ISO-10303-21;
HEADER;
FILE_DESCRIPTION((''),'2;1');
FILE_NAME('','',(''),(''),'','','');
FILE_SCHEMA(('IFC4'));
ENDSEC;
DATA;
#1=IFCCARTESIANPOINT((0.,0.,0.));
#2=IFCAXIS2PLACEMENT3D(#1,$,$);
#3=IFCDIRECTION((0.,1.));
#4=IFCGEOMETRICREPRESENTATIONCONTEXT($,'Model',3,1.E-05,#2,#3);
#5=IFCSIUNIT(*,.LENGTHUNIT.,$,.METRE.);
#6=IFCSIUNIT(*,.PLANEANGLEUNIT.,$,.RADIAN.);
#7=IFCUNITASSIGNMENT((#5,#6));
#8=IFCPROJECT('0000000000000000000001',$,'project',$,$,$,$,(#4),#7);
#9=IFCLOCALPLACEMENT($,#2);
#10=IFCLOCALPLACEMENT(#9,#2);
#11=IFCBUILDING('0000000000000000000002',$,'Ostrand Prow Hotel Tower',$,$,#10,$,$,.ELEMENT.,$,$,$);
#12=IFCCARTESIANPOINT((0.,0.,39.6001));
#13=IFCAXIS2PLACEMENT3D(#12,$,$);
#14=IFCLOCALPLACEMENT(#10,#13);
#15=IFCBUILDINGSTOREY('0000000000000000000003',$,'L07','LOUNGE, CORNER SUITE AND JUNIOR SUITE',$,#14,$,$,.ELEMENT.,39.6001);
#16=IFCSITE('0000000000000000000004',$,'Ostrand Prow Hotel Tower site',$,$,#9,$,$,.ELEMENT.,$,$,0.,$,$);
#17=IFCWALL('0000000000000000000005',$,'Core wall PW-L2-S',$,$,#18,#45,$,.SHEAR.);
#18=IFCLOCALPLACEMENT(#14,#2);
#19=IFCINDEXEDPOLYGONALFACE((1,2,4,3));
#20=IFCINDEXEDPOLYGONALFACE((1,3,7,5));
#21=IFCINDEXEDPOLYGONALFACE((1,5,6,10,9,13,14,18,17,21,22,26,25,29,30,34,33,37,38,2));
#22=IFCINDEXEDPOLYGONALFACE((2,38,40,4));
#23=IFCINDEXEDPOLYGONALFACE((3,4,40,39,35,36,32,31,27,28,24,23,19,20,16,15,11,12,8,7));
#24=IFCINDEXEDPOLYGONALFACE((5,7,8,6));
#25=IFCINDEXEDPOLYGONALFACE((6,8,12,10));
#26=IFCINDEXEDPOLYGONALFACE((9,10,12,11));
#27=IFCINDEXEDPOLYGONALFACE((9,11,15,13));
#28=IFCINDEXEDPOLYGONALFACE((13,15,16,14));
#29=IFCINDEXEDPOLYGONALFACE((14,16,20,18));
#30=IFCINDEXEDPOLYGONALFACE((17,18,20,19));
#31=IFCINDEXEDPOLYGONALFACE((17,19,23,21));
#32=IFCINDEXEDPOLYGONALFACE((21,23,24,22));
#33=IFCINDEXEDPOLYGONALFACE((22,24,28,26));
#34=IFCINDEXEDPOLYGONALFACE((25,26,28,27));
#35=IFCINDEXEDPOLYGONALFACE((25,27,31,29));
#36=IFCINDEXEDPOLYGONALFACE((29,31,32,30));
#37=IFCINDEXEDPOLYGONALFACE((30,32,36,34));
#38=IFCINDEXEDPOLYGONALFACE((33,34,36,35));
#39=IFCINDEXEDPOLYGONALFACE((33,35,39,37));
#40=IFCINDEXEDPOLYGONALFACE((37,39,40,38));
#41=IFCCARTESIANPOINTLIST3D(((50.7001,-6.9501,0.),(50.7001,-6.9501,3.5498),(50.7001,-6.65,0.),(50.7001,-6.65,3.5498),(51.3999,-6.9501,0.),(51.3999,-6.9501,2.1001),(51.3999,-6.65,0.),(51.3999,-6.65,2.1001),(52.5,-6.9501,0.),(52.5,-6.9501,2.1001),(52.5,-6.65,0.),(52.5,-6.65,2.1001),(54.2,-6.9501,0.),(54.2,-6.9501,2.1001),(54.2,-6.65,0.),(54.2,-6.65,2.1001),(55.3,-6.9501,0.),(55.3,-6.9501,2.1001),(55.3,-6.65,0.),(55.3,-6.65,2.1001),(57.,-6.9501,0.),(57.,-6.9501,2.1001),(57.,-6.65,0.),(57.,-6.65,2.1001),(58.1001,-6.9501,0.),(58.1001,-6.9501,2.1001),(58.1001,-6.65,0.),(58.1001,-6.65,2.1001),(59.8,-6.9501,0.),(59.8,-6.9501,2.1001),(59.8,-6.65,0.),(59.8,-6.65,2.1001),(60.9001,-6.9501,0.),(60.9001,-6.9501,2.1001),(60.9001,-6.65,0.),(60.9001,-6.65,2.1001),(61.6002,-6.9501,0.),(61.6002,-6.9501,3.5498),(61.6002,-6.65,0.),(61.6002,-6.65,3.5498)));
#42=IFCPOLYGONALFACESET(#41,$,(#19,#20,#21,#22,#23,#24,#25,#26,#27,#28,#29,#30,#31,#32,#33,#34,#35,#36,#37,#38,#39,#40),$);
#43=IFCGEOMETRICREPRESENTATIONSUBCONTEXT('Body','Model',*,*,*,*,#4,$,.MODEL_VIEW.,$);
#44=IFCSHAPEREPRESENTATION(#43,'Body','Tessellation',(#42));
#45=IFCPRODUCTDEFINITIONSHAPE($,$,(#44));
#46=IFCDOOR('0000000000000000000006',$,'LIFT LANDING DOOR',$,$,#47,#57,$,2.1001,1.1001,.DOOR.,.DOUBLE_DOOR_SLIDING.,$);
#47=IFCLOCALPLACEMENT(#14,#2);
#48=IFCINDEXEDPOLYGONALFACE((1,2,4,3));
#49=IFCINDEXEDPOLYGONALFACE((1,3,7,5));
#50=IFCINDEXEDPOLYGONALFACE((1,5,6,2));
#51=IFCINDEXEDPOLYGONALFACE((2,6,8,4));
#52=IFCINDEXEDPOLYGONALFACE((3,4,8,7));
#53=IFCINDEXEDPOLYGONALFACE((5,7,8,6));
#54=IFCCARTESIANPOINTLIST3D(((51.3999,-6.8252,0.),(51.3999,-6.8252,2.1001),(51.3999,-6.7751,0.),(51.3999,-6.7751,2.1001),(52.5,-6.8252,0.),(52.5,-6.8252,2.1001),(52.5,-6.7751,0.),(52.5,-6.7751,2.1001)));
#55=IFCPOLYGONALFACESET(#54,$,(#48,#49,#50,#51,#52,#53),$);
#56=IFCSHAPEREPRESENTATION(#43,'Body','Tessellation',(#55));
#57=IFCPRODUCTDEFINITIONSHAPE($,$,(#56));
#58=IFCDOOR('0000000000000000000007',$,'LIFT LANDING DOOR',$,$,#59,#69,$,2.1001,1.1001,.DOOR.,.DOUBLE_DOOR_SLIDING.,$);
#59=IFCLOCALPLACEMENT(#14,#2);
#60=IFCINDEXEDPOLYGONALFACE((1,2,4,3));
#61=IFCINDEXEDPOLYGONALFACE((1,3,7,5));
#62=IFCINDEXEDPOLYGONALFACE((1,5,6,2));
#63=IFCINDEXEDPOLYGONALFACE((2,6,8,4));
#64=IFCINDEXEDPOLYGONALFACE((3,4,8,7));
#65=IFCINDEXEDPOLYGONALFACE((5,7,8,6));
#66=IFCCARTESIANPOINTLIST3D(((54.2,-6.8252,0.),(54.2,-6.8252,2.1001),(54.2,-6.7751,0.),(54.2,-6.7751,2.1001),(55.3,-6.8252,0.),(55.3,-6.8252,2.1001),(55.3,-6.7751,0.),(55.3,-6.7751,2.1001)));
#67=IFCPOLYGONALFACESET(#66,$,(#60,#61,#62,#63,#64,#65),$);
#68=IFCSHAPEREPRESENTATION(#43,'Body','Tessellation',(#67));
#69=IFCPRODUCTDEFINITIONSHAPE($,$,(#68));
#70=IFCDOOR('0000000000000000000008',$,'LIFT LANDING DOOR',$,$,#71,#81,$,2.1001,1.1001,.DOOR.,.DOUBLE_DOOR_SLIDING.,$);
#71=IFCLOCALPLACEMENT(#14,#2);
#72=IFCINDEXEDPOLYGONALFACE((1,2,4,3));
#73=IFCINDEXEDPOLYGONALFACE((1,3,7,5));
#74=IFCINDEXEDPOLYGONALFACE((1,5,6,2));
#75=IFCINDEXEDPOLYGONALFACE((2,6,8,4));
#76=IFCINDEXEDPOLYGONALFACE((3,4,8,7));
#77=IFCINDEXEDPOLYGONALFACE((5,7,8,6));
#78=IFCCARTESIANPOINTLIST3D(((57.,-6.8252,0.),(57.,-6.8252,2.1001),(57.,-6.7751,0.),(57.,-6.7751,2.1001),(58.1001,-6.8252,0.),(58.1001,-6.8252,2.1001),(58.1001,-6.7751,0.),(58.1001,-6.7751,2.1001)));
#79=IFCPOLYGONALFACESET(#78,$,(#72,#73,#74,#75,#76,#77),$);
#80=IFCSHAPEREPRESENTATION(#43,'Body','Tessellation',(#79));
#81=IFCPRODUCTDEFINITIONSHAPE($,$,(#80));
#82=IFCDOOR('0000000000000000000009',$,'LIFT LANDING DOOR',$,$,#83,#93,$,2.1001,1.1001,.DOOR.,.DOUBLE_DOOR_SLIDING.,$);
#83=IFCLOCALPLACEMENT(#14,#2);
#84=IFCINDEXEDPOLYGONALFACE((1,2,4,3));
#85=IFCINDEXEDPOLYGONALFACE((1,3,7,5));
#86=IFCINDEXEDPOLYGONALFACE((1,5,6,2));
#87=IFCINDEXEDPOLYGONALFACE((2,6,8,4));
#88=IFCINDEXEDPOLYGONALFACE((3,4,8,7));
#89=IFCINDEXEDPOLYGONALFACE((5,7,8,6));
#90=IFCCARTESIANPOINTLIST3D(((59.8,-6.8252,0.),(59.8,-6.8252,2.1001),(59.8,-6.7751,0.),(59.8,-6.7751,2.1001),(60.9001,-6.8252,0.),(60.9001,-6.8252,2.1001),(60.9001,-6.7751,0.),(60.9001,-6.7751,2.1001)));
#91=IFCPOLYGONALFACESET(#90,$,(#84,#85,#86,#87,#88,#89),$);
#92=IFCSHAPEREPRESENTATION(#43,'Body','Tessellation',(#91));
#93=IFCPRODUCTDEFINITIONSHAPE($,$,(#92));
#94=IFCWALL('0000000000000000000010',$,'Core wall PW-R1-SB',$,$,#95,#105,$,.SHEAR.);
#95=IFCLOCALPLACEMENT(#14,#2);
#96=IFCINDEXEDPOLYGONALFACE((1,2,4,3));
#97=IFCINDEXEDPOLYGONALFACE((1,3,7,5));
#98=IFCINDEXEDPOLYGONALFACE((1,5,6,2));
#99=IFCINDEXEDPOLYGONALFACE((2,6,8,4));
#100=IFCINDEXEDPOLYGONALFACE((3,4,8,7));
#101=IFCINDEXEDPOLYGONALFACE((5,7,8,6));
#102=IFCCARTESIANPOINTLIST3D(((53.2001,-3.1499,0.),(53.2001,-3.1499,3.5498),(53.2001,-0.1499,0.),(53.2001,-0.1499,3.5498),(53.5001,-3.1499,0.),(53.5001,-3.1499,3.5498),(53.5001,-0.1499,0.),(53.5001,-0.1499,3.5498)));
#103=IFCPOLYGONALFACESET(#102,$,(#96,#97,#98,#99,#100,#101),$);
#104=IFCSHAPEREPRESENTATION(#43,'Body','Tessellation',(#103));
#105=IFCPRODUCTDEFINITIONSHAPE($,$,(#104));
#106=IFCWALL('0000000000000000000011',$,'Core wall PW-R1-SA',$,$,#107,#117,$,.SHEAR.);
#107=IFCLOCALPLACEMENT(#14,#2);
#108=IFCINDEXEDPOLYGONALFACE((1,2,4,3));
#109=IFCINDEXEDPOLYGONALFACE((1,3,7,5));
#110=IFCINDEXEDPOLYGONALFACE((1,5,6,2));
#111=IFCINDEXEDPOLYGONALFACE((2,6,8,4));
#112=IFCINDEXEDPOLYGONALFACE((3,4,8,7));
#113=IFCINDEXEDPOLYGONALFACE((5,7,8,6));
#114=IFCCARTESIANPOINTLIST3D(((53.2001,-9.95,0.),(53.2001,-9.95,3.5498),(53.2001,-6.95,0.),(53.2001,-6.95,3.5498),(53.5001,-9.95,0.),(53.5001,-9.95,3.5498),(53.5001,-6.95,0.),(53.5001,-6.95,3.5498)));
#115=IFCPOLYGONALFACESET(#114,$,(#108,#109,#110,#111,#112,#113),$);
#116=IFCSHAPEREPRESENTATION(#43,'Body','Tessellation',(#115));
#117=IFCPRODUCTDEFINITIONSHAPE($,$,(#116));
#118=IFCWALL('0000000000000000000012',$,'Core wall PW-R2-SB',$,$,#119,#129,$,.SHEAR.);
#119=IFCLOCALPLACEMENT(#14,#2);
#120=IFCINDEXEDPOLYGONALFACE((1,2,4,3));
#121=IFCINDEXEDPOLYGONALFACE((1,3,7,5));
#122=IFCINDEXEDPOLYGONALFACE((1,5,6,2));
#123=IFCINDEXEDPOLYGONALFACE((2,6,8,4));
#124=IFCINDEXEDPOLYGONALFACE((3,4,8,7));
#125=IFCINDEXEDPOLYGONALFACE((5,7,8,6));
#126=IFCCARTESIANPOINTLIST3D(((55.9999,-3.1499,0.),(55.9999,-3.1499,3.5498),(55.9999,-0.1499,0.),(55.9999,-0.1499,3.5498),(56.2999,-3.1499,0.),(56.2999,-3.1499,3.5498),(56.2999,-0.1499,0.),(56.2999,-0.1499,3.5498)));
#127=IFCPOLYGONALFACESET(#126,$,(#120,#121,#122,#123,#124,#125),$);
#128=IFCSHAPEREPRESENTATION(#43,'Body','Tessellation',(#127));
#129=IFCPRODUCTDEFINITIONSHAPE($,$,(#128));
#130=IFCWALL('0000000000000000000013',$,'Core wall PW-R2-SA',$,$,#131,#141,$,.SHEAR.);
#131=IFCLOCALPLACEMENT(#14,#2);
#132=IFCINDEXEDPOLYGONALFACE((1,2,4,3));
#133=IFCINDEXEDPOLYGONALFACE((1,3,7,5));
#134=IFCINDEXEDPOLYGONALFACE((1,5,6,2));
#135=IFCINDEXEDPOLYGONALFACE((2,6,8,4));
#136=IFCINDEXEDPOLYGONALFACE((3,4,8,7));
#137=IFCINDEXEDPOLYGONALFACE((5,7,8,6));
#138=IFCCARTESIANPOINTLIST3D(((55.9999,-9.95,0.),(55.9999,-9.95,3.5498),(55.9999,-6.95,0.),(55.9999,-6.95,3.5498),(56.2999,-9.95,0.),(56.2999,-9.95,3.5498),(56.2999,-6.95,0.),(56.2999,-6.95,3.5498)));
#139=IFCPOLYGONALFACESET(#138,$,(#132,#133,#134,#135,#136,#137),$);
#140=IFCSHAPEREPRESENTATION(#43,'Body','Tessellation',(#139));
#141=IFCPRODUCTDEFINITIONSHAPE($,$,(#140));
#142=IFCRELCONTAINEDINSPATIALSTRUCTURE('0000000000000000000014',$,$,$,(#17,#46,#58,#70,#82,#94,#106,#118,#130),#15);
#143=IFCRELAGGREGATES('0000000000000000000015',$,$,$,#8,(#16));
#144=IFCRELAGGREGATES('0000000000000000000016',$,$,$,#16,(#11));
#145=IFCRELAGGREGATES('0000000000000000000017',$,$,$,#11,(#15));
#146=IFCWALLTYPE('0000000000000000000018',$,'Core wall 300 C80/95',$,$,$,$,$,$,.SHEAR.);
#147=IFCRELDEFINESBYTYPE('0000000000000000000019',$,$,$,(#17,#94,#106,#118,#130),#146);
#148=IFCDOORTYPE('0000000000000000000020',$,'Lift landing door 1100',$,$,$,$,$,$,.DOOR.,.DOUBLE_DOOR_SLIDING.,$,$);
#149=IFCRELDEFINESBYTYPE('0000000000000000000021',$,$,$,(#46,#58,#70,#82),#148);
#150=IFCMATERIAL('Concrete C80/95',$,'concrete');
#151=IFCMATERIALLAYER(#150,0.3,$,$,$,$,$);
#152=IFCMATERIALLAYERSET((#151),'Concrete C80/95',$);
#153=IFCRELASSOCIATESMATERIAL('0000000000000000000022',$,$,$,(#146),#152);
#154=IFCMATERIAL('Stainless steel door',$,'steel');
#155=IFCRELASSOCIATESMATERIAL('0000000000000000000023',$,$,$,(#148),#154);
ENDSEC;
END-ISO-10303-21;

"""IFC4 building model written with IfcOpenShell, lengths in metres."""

from ifc_helpers import new_model, si_unit, direction, frame, frame_2d, origin, place, context, subcontext, project, spatial, rectangle, extrude, material, layer, layer_set, type_object, element, fill, save


model = new_model("IFC4")

# Units and contexts
model_context = context("Model", 3, precision=1e-05, world=origin(), true_north=direction((0.0, 1.0)))
body_context = subcontext(model_context, "Body", "Model", "MODEL_VIEW")
ifc_project = project(units=[si_unit("LENGTHUNIT", "METRE"), si_unit("PLANEANGLEUNIT", "RADIAN")], contexts=[model_context])

# Site, building, storey
site_placement = place(None, origin())
site = spatial("IfcSite", under=ifc_project, at=site_placement, Name="Ostrand Prow Hotel Tower site", CompositionType="ELEMENT", RefElevation=0.0)
building_placement = place(site_placement, origin())
building = spatial("IfcBuilding", under=site, at=building_placement, Name="Ostrand Prow Hotel Tower", CompositionType="ELEMENT")
storey_placement = place(building_placement, frame((0.0, 0.0, 39.6001)))
storey = spatial("IfcBuildingStorey", under=building, at=storey_placement, Name="L07", Description="LOUNGE, CORNER SUITE AND JUNIOR SUITE", CompositionType="ELEMENT", Elevation=39.6001)

# Shared definitions
ifc_material_1 = material(Name="Concrete C80/95", Category="concrete")
ifc_layer_1 = layer(ifc_material_1, 0.3)
ifc_layer_set_1 = layer_set([ifc_layer_1], Name="Concrete C80/95")
wall_type_1 = type_object("IfcWallType", Name="Core wall 300 C80/95", PredefinedType="SHEAR", material=ifc_layer_set_1)

# Wall, openings, doors
wall_1_placement = place(storey_placement, frame((50.7, -6.8, 0.0), z_axis=(0.0, 0.0, 1.0), x_axis=(1.0, 0.0, 0.0)))
wall_1 = element("IfcWall", 1, at=wall_1_placement, inside=storey, type_object=wall_type_1, Name="Core wall PW-L2-S", PredefinedType="SHEAR", context=body_context, shape_type="SweptSolid", body=[
    extrude(rectangle(XDim=10.9001, YDim=0.3, at=frame_2d((5.4502, 0.0))), origin(), (0.0, 0.0, 1.0), 3.5498),
])
opening_1_placement = place(wall_1_placement, frame((0.7, 0.0, 0.0)))
opening_1 = element("IfcOpeningElement", 2, at=opening_1_placement, cuts=wall_1, PredefinedType="OPENING", context=body_context, shape_type="SweptSolid", body=[
    extrude(rectangle(XDim=1.1001, YDim=2.1001, at=frame_2d((0.55, 1.05))), frame((0.0, 0.1599, 0.0), z_axis=(0.0, -1.0, 0.0), x_axis=(1.0, 0.0, 0.0)), (0.0, 0.0, 1.0), 0.3201),
])
opening_2_placement = place(wall_1_placement, frame((3.5, 0.0, 0.0)))
opening_2 = element("IfcOpeningElement", 3, at=opening_2_placement, cuts=wall_1, PredefinedType="OPENING", context=body_context, shape_type="SweptSolid", body=[
    extrude(rectangle(XDim=1.1001, YDim=2.1001, at=frame_2d((0.55, 1.05))), frame((0.0, 0.1599, 0.0), z_axis=(0.0, -1.0, 0.0), x_axis=(1.0, 0.0, 0.0)), (0.0, 0.0, 1.0), 0.3201),
])
opening_3_placement = place(wall_1_placement, frame((6.3, 0.0, 0.0)))
opening_3 = element("IfcOpeningElement", 4, at=opening_3_placement, cuts=wall_1, PredefinedType="OPENING", context=body_context, shape_type="SweptSolid", body=[
    extrude(rectangle(XDim=1.1001, YDim=2.1001, at=frame_2d((0.55, 1.05))), frame((0.0, 0.1599, 0.0), z_axis=(0.0, -1.0, 0.0), x_axis=(1.0, 0.0, 0.0)), (0.0, 0.0, 1.0), 0.3201),
])
opening_4_placement = place(wall_1_placement, frame((9.1001, 0.0, 0.0)))
opening_4 = element("IfcOpeningElement", 5, at=opening_4_placement, cuts=wall_1, PredefinedType="OPENING", context=body_context, shape_type="SweptSolid", body=[
    extrude(rectangle(XDim=1.1001, YDim=2.1001, at=frame_2d((0.55, 1.05))), frame((0.0, 0.1599, 0.0), z_axis=(0.0, -1.0, 0.0), x_axis=(1.0, 0.0, 0.0)), (0.0, 0.0, 1.0), 0.3201),
])
ifc_material_2 = material(Name="Stainless steel door", Category="steel")
door_type_1 = type_object("IfcDoorType", Name="Lift landing door 1100", OperationType="DOUBLE_DOOR_SLIDING", PredefinedType="DOOR", material=ifc_material_2)
door_1_placement = place(opening_1_placement, origin())
door_1 = element("IfcDoor", 6, at=door_1_placement, inside=storey, type_object=door_type_1, Name="LIFT LANDING DOOR", OperationType="DOUBLE_DOOR_SLIDING", OverallHeight=2.1001, OverallWidth=1.1001, PredefinedType="DOOR", context=body_context, shape_type="SweptSolid", body=[
    extrude(rectangle(XDim=1.1001, YDim=2.1001, at=frame_2d((0.55, 1.05))), frame((0.0, 0.0249, 0.0), z_axis=(0.0, -1.0, 0.0), x_axis=(1.0, 0.0, 0.0)), (0.0, 0.0, 1.0), 0.05),
])
fill(opening_1, door_1)
door_2_placement = place(opening_2_placement, origin())
door_2 = element("IfcDoor", 7, at=door_2_placement, inside=storey, type_object=door_type_1, Name="LIFT LANDING DOOR", OperationType="DOUBLE_DOOR_SLIDING", OverallHeight=2.1001, OverallWidth=1.1001, PredefinedType="DOOR", context=body_context, shape_type="SweptSolid", body=[
    extrude(rectangle(XDim=1.1001, YDim=2.1001, at=frame_2d((0.55, 1.05))), frame((0.0, 0.0249, 0.0), z_axis=(0.0, -1.0, 0.0), x_axis=(1.0, 0.0, 0.0)), (0.0, 0.0, 1.0), 0.05),
])
fill(opening_2, door_2)
door_3_placement = place(opening_3_placement, origin())
door_3 = element("IfcDoor", 8, at=door_3_placement, inside=storey, type_object=door_type_1, Name="LIFT LANDING DOOR", OperationType="DOUBLE_DOOR_SLIDING", OverallHeight=2.1001, OverallWidth=1.1001, PredefinedType="DOOR", context=body_context, shape_type="SweptSolid", body=[
    extrude(rectangle(XDim=1.1001, YDim=2.1001, at=frame_2d((0.55, 1.05))), frame((0.0, 0.0249, 0.0), z_axis=(0.0, -1.0, 0.0), x_axis=(1.0, 0.0, 0.0)), (0.0, 0.0, 1.0), 0.05),
])
fill(opening_3, door_3)
door_4_placement = place(opening_4_placement, origin())
door_4 = element("IfcDoor", 9, at=door_4_placement, inside=storey, type_object=door_type_1, Name="LIFT LANDING DOOR", OperationType="DOUBLE_DOOR_SLIDING", OverallHeight=2.1001, OverallWidth=1.1001, PredefinedType="DOOR", context=body_context, shape_type="SweptSolid", body=[
    extrude(rectangle(XDim=1.1001, YDim=2.1001, at=frame_2d((0.55, 1.05))), frame((0.0, 0.0249, 0.0), z_axis=(0.0, -1.0, 0.0), x_axis=(1.0, 0.0, 0.0)), (0.0, 0.0, 1.0), 0.05),
])
fill(opening_4, door_4)

# Walls
for number, where, z_axis, x_axis, name in (
    (10, (53.3501, -3.1499, 0.0), (0.0, 0.0, 1.0), (0.0, 1.0, 0.0), "Core wall PW-R1-SB"),
    (11, (53.3501, -9.95, 0.0), (0.0, 0.0, 1.0), (0.0, 1.0, 0.0), "Core wall PW-R1-SA"),
    (12, (56.1499, -3.1499, 0.0), (0.0, 0.0, 1.0), (0.0, 1.0, 0.0), "Core wall PW-R2-SB"),
    (13, (56.1499, -9.95, 0.0), (0.0, 0.0, 1.0), (0.0, 1.0, 0.0), "Core wall PW-R2-SA"),
):
    element("IfcWall", number, at=place(storey_placement, frame(where, z_axis=z_axis, x_axis=x_axis)), inside=storey, type_object=wall_type_1, Name=name, PredefinedType="SHEAR", context=body_context, shape_type="SweptSolid", body=[
        extrude(rectangle(XDim=3.0, YDim=0.3, at=frame_2d((1.5, 0.0))), origin(), (0.0, 0.0, 1.0), 3.5498),
    ])

save(model, "model.ifc")
